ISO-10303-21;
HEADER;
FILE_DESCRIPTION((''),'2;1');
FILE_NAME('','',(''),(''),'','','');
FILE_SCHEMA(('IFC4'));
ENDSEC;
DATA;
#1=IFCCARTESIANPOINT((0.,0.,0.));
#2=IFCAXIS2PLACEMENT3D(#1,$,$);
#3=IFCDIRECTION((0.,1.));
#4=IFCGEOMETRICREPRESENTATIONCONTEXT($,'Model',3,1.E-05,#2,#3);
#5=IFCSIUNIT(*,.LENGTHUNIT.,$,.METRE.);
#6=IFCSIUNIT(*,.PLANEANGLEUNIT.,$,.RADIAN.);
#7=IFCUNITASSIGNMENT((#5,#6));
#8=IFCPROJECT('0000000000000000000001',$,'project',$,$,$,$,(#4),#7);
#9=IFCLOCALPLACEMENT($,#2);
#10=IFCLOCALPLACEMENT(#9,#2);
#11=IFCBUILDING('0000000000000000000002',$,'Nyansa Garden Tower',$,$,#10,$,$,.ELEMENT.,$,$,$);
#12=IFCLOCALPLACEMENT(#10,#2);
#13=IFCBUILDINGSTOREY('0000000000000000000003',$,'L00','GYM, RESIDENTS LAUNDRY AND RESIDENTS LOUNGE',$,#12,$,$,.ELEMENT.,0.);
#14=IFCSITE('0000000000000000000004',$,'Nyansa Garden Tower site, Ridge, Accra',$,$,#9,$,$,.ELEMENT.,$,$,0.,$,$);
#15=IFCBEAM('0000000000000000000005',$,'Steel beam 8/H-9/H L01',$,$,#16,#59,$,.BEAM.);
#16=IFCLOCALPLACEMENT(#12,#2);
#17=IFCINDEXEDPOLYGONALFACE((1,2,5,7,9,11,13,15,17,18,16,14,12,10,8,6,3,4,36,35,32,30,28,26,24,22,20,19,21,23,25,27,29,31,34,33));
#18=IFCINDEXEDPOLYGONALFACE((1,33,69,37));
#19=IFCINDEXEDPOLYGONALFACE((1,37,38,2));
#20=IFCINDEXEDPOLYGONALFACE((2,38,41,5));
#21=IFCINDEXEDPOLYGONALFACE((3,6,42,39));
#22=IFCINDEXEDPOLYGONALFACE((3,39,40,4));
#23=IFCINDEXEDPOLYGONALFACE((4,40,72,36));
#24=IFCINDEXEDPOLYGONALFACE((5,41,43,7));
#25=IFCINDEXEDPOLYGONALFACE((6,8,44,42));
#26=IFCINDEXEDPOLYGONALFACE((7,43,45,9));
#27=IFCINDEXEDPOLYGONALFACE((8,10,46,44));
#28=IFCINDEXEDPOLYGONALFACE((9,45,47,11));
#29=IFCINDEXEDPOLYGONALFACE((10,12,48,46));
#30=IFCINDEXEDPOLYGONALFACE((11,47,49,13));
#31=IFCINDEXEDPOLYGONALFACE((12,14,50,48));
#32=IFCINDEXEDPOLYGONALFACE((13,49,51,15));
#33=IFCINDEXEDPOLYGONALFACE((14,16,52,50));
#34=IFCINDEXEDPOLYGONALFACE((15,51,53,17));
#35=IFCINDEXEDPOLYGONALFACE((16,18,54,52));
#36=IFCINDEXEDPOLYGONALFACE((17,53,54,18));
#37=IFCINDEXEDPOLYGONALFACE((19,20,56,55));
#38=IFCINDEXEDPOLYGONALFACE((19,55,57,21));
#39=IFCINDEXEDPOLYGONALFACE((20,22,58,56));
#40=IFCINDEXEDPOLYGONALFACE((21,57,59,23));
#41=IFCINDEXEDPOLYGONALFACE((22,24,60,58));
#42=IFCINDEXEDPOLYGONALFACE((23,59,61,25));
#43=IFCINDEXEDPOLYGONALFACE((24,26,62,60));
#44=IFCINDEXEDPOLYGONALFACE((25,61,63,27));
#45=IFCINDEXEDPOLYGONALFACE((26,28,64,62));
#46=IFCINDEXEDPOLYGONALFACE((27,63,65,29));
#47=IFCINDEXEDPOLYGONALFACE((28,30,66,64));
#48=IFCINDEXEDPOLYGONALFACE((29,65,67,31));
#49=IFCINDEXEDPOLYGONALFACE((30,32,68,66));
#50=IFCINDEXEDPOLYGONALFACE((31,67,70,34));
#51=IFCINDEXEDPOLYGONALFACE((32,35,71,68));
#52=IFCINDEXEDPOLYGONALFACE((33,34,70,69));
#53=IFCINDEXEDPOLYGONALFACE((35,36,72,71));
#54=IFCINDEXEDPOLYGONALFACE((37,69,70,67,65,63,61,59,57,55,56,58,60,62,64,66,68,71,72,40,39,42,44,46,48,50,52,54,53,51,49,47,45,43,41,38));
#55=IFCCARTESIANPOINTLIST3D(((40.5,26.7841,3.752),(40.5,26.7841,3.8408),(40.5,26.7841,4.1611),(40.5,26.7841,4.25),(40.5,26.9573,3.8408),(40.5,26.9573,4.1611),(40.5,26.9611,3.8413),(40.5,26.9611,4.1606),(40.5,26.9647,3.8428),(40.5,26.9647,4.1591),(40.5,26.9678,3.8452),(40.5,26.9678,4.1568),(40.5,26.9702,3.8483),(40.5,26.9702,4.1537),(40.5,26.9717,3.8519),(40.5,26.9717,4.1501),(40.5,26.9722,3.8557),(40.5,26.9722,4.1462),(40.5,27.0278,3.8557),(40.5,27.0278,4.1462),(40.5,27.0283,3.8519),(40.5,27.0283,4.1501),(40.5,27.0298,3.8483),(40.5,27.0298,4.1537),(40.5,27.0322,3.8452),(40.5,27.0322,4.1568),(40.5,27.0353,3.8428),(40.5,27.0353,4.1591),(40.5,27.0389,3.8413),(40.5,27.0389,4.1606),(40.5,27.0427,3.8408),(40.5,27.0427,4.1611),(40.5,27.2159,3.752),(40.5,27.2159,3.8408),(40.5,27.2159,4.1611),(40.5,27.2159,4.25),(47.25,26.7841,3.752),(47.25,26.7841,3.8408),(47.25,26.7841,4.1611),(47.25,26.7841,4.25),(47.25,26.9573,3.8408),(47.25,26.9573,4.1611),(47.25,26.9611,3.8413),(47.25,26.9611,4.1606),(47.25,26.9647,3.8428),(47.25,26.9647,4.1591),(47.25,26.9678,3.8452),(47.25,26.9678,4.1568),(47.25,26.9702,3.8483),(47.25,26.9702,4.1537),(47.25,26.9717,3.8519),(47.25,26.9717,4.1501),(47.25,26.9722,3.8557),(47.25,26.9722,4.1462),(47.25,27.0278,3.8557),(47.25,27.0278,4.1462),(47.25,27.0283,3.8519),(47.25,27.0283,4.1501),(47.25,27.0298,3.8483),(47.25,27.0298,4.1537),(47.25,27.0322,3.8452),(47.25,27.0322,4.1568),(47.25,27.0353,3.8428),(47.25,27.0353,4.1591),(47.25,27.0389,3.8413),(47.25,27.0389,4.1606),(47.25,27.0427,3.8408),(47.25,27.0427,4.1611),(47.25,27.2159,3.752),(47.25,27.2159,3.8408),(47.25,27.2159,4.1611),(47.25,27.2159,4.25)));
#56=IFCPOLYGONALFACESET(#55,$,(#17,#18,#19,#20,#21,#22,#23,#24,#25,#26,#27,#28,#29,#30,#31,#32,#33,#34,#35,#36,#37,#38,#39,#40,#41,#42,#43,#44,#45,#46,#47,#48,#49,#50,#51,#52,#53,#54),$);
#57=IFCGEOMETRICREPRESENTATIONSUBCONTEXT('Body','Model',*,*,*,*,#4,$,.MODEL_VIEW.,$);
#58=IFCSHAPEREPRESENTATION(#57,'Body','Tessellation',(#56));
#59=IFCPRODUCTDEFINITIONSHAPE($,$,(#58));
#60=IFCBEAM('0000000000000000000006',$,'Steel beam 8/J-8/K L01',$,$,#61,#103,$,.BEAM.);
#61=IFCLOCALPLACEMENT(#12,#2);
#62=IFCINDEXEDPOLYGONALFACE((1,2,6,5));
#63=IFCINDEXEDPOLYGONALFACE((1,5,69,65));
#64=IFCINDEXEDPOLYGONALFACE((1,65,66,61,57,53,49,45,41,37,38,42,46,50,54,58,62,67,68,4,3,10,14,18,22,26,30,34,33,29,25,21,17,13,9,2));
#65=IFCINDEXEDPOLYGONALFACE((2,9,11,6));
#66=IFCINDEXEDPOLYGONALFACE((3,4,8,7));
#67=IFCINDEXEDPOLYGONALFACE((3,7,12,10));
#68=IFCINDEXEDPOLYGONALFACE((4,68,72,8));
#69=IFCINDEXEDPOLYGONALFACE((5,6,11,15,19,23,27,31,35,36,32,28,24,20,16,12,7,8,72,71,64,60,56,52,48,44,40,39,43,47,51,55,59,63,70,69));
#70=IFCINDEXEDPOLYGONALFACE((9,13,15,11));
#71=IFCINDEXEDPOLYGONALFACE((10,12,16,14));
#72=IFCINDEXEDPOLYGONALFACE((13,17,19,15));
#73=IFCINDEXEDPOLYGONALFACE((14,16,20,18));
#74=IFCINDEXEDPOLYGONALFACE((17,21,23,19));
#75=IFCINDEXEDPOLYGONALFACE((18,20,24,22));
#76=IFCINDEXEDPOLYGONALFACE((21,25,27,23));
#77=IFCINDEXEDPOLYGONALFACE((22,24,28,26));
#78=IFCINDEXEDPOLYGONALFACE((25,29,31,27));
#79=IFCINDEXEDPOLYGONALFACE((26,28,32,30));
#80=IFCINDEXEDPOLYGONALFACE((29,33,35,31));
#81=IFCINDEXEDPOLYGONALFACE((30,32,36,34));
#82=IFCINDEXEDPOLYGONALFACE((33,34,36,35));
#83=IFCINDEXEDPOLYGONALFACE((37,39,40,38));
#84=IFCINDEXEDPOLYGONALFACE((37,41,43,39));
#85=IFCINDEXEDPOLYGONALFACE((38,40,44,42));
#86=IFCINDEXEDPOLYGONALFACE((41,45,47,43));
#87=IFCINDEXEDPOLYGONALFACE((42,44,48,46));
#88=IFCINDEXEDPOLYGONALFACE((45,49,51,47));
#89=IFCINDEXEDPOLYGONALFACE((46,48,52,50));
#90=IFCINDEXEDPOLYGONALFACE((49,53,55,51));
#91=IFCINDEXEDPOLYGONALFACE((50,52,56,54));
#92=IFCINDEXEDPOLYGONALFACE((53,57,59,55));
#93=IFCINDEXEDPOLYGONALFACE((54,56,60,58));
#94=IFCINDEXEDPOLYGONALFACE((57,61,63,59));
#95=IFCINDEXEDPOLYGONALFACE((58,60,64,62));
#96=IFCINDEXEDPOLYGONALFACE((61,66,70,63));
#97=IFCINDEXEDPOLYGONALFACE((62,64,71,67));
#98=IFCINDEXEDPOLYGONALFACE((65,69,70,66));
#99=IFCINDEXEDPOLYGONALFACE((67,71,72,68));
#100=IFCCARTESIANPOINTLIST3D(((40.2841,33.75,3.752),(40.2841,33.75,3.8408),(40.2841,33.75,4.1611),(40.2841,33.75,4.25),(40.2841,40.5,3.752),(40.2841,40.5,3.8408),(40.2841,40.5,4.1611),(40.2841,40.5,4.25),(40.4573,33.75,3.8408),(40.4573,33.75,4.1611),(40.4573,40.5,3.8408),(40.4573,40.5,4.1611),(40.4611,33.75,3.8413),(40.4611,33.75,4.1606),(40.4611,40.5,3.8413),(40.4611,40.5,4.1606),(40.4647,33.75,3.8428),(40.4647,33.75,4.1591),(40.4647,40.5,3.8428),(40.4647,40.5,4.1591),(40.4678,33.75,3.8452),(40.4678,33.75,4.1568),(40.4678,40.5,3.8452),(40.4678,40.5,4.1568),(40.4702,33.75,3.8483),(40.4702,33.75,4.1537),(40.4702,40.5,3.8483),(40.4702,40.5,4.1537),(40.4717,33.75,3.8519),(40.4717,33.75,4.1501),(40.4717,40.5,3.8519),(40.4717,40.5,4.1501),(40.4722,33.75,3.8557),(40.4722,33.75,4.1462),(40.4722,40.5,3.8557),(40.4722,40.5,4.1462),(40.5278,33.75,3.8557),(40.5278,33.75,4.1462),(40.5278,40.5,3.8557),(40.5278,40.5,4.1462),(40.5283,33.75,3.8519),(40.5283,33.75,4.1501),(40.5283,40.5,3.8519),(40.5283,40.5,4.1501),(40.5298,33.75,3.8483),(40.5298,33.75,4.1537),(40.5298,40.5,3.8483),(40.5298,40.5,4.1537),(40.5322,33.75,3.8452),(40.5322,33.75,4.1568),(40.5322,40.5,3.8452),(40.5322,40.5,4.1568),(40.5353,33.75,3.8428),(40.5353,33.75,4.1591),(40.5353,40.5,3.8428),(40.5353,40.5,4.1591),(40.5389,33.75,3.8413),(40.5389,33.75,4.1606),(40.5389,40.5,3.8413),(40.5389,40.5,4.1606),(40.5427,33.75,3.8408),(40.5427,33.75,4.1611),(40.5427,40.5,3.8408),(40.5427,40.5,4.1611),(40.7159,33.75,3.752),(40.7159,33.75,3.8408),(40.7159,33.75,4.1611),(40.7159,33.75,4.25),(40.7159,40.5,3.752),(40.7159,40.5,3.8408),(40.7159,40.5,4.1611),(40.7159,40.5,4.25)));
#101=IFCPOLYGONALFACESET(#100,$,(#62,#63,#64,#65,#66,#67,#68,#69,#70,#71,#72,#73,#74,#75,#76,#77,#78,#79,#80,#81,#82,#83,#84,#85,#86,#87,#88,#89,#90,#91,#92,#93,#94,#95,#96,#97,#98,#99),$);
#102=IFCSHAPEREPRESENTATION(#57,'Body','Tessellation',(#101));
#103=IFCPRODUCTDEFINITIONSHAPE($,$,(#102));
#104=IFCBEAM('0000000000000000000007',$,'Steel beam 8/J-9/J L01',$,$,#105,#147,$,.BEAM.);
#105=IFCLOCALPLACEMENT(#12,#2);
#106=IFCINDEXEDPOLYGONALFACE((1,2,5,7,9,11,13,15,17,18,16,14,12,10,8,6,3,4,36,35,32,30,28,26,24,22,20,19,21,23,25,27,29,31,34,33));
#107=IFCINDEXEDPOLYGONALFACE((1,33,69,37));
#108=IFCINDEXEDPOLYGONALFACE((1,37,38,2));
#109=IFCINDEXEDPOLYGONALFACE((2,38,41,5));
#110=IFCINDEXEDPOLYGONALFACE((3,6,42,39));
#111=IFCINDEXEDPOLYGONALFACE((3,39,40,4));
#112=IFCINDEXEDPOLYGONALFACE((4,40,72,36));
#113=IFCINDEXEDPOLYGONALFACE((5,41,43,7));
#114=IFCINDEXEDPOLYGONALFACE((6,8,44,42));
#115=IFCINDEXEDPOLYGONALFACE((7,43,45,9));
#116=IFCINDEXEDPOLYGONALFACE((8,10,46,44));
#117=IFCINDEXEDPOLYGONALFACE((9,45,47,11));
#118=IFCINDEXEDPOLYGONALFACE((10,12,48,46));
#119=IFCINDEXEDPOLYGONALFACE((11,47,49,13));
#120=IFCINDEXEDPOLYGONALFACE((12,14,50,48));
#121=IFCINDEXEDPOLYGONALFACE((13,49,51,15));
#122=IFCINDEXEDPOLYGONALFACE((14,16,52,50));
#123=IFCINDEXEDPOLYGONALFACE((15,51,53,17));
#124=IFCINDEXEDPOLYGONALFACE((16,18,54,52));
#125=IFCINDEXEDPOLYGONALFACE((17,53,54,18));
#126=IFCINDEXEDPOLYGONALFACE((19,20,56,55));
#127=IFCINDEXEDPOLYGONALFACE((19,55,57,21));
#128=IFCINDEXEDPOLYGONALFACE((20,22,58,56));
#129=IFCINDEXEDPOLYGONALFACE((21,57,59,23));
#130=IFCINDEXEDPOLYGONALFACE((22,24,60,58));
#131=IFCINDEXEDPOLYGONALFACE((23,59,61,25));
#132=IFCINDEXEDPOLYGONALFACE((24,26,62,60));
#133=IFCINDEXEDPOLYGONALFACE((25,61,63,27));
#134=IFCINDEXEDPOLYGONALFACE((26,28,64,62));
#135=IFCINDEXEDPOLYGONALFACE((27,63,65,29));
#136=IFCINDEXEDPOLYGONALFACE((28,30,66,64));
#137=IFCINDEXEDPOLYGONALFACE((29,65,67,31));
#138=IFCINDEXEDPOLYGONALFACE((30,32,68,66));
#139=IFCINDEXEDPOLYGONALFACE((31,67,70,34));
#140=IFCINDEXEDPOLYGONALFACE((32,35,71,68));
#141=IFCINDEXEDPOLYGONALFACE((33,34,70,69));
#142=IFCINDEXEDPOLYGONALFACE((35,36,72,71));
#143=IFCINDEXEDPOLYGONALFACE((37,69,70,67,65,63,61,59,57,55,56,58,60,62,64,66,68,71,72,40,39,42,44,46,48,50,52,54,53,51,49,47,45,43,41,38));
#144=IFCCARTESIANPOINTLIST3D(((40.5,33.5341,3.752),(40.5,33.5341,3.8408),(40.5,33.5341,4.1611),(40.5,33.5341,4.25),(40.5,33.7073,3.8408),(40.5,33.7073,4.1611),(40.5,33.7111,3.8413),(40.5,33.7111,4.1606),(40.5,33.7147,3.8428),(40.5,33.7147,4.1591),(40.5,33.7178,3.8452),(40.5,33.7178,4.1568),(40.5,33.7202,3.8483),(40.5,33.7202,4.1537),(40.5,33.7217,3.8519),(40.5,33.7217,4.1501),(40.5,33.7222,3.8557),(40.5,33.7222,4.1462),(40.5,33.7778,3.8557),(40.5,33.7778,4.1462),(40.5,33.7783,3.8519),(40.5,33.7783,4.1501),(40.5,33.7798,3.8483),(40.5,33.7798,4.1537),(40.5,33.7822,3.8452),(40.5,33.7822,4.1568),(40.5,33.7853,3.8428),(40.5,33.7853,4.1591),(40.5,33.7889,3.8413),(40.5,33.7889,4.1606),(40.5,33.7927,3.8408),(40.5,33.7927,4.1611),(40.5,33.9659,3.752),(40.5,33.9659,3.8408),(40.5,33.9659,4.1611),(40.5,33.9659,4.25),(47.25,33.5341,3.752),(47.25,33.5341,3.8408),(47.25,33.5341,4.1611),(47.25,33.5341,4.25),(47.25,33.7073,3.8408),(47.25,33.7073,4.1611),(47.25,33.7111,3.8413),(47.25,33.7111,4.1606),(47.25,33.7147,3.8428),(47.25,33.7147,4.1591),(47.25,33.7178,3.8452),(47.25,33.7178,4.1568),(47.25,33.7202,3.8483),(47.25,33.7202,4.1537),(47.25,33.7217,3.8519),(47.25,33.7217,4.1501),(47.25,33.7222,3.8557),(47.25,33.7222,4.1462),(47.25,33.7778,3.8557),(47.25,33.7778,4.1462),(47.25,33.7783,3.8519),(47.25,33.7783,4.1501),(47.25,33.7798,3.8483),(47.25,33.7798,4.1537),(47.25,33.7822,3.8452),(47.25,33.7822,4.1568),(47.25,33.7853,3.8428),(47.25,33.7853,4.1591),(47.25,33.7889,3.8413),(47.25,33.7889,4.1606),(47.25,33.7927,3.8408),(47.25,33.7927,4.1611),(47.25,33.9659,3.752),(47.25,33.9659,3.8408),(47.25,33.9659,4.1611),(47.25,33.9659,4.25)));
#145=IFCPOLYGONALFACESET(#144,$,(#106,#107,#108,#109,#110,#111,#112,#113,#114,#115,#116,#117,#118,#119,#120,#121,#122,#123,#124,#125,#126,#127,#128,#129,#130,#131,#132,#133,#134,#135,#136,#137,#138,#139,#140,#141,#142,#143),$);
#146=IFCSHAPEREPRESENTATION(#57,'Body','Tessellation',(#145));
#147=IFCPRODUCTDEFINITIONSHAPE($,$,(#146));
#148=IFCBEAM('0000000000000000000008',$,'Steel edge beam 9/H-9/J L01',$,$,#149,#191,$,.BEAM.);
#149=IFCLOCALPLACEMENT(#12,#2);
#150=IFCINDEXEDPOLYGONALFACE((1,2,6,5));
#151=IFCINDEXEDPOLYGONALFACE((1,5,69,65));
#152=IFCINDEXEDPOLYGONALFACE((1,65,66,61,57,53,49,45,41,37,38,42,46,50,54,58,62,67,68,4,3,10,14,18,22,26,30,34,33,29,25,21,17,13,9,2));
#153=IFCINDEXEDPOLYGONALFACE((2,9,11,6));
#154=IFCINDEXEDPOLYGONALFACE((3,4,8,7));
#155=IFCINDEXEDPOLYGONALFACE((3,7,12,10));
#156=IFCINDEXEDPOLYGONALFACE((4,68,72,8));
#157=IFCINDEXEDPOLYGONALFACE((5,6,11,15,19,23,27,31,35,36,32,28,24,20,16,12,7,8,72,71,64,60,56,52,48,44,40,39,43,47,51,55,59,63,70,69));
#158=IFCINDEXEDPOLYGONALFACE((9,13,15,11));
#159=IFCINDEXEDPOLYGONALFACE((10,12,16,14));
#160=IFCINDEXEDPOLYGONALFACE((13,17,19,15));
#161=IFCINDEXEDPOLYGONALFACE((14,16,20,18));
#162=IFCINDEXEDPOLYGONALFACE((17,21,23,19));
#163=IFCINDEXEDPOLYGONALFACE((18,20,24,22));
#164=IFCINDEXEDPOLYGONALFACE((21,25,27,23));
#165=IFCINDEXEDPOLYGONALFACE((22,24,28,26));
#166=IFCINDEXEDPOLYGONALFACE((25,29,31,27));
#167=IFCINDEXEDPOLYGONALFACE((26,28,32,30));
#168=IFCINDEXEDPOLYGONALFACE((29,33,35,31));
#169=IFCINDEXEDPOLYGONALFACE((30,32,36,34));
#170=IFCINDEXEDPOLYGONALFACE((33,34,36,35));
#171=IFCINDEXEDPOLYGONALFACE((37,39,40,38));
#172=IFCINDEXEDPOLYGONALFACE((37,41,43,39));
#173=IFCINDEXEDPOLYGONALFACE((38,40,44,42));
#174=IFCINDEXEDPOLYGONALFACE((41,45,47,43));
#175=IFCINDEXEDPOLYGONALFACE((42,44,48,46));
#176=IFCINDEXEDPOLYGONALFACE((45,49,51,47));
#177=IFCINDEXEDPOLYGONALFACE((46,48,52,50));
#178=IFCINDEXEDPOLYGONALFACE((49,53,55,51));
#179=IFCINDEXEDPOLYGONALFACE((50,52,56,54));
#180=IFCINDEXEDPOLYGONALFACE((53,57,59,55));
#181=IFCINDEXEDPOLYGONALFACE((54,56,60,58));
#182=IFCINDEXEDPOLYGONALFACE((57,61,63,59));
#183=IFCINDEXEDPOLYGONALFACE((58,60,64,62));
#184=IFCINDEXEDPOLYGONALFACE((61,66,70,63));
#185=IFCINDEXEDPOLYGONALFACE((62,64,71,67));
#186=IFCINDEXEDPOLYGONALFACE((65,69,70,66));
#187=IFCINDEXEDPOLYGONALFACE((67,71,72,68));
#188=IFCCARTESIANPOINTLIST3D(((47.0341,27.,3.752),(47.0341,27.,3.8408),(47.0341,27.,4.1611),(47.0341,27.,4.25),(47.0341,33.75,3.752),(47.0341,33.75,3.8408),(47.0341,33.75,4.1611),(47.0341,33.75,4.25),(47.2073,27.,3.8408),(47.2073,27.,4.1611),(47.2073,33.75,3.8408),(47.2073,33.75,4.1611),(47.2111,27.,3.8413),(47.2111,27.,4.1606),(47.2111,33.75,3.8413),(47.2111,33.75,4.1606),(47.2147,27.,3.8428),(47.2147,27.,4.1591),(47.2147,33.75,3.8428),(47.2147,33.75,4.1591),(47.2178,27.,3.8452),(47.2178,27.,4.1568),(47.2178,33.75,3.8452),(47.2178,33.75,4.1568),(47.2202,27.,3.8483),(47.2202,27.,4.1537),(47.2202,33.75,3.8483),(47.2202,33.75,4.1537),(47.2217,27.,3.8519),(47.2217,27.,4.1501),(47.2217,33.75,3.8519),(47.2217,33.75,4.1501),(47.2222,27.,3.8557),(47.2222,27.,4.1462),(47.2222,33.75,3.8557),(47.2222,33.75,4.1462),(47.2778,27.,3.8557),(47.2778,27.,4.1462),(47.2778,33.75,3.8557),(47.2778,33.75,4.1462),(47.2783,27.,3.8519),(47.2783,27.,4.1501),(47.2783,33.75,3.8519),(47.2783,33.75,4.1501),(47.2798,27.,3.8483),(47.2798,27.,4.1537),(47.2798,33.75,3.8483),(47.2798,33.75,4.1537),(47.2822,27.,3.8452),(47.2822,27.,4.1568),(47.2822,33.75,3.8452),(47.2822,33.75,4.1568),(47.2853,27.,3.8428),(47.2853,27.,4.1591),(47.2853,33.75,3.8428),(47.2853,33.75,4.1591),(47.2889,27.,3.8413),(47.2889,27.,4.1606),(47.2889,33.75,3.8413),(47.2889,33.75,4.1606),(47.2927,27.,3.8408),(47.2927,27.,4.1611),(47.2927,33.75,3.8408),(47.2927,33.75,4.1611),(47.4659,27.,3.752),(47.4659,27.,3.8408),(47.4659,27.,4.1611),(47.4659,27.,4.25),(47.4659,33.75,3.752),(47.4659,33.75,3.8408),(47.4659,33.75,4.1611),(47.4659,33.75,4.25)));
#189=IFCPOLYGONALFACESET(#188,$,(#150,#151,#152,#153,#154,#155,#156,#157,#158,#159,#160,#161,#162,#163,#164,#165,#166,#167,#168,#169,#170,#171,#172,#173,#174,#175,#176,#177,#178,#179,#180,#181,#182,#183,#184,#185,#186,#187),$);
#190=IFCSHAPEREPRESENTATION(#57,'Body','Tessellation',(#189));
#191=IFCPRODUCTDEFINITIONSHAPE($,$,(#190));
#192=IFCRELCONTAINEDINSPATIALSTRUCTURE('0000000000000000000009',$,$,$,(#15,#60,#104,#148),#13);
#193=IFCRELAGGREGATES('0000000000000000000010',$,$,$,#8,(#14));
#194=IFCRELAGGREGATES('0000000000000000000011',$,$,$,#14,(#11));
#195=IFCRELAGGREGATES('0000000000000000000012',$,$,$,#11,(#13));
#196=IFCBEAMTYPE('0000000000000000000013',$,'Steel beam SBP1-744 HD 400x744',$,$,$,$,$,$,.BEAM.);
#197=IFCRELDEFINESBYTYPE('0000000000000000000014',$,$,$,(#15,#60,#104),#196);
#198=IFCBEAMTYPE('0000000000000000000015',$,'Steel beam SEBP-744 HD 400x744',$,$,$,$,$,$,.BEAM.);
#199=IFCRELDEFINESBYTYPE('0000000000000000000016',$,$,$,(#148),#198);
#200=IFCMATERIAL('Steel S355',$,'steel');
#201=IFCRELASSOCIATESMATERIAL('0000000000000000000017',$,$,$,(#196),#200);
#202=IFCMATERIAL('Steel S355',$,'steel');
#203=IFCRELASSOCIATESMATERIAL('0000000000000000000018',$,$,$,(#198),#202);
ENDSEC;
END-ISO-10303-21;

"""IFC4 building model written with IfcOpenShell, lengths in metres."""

from ifc_helpers import new_model, si_unit, direction, frame, origin, origin_2d, place, context, subcontext, project, spatial, i_section, extrude, material, material_profile, profile_set, type_object, element, save


model = new_model("IFC4")

# Units and contexts
model_context = context("Model", 3, precision=1e-05, world=origin(), true_north=direction((0.0, 1.0)))
body_context = subcontext(model_context, "Body", "Model", "MODEL_VIEW")
ifc_project = project(units=[si_unit("LENGTHUNIT", "METRE"), si_unit("PLANEANGLEUNIT", "RADIAN")], contexts=[model_context])

# Site, building, storey
site_placement = place(None, origin())
site = spatial("IfcSite", under=ifc_project, at=site_placement, Name="Nyansa Garden Tower site, Ridge, Accra", CompositionType="ELEMENT", RefElevation=0.0)
building_placement = place(site_placement, origin())
building = spatial("IfcBuilding", under=site, at=building_placement, Name="Nyansa Garden Tower", CompositionType="ELEMENT")
storey_placement = place(building_placement, origin())
storey = spatial("IfcBuildingStorey", under=building, at=storey_placement, Name="L00", Description="GYM, RESIDENTS LAUNDRY AND RESIDENTS LOUNGE", CompositionType="ELEMENT", Elevation=0.0)

# Beams
ifc_material_1 = material(Name="Steel S355", Category="steel")
ifc_material_profile_1 = material_profile(ifc_material_1, i_section(OverallWidth=0.4319, OverallDepth=0.498, WebThickness=0.0557, FlangeThickness=0.0889, FilletRadius=0.0149, at=origin_2d()), Name="HD 400x744")
ifc_profile_set_1 = profile_set([ifc_material_profile_1], Name="Steel S355")
beam_type_1 = type_object("IfcBeamType", Name="Steel beam SBP1-744 HD 400x744", PredefinedType="BEAM", material=ifc_profile_set_1)
for number, where, z_axis, x_axis, name in (
    (1, (40.5, 27.0, 4.001), (1.0, 0.0, 0.0), (0.0, 1.0, 0.0), "Steel beam 8/H-9/H L01"),
    (2, (40.5, 33.75, 4.001), (0.0, 1.0, 0.0), (-1.0, 0.0, 0.0), "Steel beam 8/J-8/K L01"),
    (3, (40.5, 33.75, 4.001), (1.0, 0.0, 0.0), (0.0, 1.0, 0.0), "Steel beam 8/J-9/J L01"),
):
    element("IfcBeam", number, at=place(storey_placement, frame(where, z_axis=z_axis, x_axis=x_axis)), inside=storey, type_object=beam_type_1, Name=name, PredefinedType="BEAM", context=body_context, shape_type="SweptSolid", body=[
        extrude(i_section(OverallWidth=0.4319, OverallDepth=0.498, WebThickness=0.0557, FlangeThickness=0.0889, FilletRadius=0.0149, at=origin_2d()), origin(), (0.0, 0.0, 1.0), 6.75),
    ])
ifc_material_2 = material(Name="Steel S355", Category="steel")
ifc_material_profile_2 = material_profile(ifc_material_2, i_section(OverallWidth=0.4319, OverallDepth=0.498, WebThickness=0.0557, FlangeThickness=0.0889, FilletRadius=0.0149, at=origin_2d()), Name="HD 400x744")
ifc_profile_set_2 = profile_set([ifc_material_profile_2], Name="Steel S355")
beam_type_2 = type_object("IfcBeamType", Name="Steel beam SEBP-744 HD 400x744", PredefinedType="BEAM", material=ifc_profile_set_2)
for number, where, z_axis, x_axis, name in (
    (4, (47.25, 27.0, 4.001), (0.0, 1.0, 0.0), (-1.0, 0.0, 0.0), "Steel edge beam 9/H-9/J L01"),
):
    element("IfcBeam", number, at=place(storey_placement, frame(where, z_axis=z_axis, x_axis=x_axis)), inside=storey, type_object=beam_type_2, Name=name, PredefinedType="BEAM", context=body_context, shape_type="SweptSolid", body=[
        extrude(i_section(OverallWidth=0.4319, OverallDepth=0.498, WebThickness=0.0557, FlangeThickness=0.0889, FilletRadius=0.0149, at=origin_2d()), origin(), (0.0, 0.0, 1.0), 6.75),
    ])

save(model, "model.ifc")
